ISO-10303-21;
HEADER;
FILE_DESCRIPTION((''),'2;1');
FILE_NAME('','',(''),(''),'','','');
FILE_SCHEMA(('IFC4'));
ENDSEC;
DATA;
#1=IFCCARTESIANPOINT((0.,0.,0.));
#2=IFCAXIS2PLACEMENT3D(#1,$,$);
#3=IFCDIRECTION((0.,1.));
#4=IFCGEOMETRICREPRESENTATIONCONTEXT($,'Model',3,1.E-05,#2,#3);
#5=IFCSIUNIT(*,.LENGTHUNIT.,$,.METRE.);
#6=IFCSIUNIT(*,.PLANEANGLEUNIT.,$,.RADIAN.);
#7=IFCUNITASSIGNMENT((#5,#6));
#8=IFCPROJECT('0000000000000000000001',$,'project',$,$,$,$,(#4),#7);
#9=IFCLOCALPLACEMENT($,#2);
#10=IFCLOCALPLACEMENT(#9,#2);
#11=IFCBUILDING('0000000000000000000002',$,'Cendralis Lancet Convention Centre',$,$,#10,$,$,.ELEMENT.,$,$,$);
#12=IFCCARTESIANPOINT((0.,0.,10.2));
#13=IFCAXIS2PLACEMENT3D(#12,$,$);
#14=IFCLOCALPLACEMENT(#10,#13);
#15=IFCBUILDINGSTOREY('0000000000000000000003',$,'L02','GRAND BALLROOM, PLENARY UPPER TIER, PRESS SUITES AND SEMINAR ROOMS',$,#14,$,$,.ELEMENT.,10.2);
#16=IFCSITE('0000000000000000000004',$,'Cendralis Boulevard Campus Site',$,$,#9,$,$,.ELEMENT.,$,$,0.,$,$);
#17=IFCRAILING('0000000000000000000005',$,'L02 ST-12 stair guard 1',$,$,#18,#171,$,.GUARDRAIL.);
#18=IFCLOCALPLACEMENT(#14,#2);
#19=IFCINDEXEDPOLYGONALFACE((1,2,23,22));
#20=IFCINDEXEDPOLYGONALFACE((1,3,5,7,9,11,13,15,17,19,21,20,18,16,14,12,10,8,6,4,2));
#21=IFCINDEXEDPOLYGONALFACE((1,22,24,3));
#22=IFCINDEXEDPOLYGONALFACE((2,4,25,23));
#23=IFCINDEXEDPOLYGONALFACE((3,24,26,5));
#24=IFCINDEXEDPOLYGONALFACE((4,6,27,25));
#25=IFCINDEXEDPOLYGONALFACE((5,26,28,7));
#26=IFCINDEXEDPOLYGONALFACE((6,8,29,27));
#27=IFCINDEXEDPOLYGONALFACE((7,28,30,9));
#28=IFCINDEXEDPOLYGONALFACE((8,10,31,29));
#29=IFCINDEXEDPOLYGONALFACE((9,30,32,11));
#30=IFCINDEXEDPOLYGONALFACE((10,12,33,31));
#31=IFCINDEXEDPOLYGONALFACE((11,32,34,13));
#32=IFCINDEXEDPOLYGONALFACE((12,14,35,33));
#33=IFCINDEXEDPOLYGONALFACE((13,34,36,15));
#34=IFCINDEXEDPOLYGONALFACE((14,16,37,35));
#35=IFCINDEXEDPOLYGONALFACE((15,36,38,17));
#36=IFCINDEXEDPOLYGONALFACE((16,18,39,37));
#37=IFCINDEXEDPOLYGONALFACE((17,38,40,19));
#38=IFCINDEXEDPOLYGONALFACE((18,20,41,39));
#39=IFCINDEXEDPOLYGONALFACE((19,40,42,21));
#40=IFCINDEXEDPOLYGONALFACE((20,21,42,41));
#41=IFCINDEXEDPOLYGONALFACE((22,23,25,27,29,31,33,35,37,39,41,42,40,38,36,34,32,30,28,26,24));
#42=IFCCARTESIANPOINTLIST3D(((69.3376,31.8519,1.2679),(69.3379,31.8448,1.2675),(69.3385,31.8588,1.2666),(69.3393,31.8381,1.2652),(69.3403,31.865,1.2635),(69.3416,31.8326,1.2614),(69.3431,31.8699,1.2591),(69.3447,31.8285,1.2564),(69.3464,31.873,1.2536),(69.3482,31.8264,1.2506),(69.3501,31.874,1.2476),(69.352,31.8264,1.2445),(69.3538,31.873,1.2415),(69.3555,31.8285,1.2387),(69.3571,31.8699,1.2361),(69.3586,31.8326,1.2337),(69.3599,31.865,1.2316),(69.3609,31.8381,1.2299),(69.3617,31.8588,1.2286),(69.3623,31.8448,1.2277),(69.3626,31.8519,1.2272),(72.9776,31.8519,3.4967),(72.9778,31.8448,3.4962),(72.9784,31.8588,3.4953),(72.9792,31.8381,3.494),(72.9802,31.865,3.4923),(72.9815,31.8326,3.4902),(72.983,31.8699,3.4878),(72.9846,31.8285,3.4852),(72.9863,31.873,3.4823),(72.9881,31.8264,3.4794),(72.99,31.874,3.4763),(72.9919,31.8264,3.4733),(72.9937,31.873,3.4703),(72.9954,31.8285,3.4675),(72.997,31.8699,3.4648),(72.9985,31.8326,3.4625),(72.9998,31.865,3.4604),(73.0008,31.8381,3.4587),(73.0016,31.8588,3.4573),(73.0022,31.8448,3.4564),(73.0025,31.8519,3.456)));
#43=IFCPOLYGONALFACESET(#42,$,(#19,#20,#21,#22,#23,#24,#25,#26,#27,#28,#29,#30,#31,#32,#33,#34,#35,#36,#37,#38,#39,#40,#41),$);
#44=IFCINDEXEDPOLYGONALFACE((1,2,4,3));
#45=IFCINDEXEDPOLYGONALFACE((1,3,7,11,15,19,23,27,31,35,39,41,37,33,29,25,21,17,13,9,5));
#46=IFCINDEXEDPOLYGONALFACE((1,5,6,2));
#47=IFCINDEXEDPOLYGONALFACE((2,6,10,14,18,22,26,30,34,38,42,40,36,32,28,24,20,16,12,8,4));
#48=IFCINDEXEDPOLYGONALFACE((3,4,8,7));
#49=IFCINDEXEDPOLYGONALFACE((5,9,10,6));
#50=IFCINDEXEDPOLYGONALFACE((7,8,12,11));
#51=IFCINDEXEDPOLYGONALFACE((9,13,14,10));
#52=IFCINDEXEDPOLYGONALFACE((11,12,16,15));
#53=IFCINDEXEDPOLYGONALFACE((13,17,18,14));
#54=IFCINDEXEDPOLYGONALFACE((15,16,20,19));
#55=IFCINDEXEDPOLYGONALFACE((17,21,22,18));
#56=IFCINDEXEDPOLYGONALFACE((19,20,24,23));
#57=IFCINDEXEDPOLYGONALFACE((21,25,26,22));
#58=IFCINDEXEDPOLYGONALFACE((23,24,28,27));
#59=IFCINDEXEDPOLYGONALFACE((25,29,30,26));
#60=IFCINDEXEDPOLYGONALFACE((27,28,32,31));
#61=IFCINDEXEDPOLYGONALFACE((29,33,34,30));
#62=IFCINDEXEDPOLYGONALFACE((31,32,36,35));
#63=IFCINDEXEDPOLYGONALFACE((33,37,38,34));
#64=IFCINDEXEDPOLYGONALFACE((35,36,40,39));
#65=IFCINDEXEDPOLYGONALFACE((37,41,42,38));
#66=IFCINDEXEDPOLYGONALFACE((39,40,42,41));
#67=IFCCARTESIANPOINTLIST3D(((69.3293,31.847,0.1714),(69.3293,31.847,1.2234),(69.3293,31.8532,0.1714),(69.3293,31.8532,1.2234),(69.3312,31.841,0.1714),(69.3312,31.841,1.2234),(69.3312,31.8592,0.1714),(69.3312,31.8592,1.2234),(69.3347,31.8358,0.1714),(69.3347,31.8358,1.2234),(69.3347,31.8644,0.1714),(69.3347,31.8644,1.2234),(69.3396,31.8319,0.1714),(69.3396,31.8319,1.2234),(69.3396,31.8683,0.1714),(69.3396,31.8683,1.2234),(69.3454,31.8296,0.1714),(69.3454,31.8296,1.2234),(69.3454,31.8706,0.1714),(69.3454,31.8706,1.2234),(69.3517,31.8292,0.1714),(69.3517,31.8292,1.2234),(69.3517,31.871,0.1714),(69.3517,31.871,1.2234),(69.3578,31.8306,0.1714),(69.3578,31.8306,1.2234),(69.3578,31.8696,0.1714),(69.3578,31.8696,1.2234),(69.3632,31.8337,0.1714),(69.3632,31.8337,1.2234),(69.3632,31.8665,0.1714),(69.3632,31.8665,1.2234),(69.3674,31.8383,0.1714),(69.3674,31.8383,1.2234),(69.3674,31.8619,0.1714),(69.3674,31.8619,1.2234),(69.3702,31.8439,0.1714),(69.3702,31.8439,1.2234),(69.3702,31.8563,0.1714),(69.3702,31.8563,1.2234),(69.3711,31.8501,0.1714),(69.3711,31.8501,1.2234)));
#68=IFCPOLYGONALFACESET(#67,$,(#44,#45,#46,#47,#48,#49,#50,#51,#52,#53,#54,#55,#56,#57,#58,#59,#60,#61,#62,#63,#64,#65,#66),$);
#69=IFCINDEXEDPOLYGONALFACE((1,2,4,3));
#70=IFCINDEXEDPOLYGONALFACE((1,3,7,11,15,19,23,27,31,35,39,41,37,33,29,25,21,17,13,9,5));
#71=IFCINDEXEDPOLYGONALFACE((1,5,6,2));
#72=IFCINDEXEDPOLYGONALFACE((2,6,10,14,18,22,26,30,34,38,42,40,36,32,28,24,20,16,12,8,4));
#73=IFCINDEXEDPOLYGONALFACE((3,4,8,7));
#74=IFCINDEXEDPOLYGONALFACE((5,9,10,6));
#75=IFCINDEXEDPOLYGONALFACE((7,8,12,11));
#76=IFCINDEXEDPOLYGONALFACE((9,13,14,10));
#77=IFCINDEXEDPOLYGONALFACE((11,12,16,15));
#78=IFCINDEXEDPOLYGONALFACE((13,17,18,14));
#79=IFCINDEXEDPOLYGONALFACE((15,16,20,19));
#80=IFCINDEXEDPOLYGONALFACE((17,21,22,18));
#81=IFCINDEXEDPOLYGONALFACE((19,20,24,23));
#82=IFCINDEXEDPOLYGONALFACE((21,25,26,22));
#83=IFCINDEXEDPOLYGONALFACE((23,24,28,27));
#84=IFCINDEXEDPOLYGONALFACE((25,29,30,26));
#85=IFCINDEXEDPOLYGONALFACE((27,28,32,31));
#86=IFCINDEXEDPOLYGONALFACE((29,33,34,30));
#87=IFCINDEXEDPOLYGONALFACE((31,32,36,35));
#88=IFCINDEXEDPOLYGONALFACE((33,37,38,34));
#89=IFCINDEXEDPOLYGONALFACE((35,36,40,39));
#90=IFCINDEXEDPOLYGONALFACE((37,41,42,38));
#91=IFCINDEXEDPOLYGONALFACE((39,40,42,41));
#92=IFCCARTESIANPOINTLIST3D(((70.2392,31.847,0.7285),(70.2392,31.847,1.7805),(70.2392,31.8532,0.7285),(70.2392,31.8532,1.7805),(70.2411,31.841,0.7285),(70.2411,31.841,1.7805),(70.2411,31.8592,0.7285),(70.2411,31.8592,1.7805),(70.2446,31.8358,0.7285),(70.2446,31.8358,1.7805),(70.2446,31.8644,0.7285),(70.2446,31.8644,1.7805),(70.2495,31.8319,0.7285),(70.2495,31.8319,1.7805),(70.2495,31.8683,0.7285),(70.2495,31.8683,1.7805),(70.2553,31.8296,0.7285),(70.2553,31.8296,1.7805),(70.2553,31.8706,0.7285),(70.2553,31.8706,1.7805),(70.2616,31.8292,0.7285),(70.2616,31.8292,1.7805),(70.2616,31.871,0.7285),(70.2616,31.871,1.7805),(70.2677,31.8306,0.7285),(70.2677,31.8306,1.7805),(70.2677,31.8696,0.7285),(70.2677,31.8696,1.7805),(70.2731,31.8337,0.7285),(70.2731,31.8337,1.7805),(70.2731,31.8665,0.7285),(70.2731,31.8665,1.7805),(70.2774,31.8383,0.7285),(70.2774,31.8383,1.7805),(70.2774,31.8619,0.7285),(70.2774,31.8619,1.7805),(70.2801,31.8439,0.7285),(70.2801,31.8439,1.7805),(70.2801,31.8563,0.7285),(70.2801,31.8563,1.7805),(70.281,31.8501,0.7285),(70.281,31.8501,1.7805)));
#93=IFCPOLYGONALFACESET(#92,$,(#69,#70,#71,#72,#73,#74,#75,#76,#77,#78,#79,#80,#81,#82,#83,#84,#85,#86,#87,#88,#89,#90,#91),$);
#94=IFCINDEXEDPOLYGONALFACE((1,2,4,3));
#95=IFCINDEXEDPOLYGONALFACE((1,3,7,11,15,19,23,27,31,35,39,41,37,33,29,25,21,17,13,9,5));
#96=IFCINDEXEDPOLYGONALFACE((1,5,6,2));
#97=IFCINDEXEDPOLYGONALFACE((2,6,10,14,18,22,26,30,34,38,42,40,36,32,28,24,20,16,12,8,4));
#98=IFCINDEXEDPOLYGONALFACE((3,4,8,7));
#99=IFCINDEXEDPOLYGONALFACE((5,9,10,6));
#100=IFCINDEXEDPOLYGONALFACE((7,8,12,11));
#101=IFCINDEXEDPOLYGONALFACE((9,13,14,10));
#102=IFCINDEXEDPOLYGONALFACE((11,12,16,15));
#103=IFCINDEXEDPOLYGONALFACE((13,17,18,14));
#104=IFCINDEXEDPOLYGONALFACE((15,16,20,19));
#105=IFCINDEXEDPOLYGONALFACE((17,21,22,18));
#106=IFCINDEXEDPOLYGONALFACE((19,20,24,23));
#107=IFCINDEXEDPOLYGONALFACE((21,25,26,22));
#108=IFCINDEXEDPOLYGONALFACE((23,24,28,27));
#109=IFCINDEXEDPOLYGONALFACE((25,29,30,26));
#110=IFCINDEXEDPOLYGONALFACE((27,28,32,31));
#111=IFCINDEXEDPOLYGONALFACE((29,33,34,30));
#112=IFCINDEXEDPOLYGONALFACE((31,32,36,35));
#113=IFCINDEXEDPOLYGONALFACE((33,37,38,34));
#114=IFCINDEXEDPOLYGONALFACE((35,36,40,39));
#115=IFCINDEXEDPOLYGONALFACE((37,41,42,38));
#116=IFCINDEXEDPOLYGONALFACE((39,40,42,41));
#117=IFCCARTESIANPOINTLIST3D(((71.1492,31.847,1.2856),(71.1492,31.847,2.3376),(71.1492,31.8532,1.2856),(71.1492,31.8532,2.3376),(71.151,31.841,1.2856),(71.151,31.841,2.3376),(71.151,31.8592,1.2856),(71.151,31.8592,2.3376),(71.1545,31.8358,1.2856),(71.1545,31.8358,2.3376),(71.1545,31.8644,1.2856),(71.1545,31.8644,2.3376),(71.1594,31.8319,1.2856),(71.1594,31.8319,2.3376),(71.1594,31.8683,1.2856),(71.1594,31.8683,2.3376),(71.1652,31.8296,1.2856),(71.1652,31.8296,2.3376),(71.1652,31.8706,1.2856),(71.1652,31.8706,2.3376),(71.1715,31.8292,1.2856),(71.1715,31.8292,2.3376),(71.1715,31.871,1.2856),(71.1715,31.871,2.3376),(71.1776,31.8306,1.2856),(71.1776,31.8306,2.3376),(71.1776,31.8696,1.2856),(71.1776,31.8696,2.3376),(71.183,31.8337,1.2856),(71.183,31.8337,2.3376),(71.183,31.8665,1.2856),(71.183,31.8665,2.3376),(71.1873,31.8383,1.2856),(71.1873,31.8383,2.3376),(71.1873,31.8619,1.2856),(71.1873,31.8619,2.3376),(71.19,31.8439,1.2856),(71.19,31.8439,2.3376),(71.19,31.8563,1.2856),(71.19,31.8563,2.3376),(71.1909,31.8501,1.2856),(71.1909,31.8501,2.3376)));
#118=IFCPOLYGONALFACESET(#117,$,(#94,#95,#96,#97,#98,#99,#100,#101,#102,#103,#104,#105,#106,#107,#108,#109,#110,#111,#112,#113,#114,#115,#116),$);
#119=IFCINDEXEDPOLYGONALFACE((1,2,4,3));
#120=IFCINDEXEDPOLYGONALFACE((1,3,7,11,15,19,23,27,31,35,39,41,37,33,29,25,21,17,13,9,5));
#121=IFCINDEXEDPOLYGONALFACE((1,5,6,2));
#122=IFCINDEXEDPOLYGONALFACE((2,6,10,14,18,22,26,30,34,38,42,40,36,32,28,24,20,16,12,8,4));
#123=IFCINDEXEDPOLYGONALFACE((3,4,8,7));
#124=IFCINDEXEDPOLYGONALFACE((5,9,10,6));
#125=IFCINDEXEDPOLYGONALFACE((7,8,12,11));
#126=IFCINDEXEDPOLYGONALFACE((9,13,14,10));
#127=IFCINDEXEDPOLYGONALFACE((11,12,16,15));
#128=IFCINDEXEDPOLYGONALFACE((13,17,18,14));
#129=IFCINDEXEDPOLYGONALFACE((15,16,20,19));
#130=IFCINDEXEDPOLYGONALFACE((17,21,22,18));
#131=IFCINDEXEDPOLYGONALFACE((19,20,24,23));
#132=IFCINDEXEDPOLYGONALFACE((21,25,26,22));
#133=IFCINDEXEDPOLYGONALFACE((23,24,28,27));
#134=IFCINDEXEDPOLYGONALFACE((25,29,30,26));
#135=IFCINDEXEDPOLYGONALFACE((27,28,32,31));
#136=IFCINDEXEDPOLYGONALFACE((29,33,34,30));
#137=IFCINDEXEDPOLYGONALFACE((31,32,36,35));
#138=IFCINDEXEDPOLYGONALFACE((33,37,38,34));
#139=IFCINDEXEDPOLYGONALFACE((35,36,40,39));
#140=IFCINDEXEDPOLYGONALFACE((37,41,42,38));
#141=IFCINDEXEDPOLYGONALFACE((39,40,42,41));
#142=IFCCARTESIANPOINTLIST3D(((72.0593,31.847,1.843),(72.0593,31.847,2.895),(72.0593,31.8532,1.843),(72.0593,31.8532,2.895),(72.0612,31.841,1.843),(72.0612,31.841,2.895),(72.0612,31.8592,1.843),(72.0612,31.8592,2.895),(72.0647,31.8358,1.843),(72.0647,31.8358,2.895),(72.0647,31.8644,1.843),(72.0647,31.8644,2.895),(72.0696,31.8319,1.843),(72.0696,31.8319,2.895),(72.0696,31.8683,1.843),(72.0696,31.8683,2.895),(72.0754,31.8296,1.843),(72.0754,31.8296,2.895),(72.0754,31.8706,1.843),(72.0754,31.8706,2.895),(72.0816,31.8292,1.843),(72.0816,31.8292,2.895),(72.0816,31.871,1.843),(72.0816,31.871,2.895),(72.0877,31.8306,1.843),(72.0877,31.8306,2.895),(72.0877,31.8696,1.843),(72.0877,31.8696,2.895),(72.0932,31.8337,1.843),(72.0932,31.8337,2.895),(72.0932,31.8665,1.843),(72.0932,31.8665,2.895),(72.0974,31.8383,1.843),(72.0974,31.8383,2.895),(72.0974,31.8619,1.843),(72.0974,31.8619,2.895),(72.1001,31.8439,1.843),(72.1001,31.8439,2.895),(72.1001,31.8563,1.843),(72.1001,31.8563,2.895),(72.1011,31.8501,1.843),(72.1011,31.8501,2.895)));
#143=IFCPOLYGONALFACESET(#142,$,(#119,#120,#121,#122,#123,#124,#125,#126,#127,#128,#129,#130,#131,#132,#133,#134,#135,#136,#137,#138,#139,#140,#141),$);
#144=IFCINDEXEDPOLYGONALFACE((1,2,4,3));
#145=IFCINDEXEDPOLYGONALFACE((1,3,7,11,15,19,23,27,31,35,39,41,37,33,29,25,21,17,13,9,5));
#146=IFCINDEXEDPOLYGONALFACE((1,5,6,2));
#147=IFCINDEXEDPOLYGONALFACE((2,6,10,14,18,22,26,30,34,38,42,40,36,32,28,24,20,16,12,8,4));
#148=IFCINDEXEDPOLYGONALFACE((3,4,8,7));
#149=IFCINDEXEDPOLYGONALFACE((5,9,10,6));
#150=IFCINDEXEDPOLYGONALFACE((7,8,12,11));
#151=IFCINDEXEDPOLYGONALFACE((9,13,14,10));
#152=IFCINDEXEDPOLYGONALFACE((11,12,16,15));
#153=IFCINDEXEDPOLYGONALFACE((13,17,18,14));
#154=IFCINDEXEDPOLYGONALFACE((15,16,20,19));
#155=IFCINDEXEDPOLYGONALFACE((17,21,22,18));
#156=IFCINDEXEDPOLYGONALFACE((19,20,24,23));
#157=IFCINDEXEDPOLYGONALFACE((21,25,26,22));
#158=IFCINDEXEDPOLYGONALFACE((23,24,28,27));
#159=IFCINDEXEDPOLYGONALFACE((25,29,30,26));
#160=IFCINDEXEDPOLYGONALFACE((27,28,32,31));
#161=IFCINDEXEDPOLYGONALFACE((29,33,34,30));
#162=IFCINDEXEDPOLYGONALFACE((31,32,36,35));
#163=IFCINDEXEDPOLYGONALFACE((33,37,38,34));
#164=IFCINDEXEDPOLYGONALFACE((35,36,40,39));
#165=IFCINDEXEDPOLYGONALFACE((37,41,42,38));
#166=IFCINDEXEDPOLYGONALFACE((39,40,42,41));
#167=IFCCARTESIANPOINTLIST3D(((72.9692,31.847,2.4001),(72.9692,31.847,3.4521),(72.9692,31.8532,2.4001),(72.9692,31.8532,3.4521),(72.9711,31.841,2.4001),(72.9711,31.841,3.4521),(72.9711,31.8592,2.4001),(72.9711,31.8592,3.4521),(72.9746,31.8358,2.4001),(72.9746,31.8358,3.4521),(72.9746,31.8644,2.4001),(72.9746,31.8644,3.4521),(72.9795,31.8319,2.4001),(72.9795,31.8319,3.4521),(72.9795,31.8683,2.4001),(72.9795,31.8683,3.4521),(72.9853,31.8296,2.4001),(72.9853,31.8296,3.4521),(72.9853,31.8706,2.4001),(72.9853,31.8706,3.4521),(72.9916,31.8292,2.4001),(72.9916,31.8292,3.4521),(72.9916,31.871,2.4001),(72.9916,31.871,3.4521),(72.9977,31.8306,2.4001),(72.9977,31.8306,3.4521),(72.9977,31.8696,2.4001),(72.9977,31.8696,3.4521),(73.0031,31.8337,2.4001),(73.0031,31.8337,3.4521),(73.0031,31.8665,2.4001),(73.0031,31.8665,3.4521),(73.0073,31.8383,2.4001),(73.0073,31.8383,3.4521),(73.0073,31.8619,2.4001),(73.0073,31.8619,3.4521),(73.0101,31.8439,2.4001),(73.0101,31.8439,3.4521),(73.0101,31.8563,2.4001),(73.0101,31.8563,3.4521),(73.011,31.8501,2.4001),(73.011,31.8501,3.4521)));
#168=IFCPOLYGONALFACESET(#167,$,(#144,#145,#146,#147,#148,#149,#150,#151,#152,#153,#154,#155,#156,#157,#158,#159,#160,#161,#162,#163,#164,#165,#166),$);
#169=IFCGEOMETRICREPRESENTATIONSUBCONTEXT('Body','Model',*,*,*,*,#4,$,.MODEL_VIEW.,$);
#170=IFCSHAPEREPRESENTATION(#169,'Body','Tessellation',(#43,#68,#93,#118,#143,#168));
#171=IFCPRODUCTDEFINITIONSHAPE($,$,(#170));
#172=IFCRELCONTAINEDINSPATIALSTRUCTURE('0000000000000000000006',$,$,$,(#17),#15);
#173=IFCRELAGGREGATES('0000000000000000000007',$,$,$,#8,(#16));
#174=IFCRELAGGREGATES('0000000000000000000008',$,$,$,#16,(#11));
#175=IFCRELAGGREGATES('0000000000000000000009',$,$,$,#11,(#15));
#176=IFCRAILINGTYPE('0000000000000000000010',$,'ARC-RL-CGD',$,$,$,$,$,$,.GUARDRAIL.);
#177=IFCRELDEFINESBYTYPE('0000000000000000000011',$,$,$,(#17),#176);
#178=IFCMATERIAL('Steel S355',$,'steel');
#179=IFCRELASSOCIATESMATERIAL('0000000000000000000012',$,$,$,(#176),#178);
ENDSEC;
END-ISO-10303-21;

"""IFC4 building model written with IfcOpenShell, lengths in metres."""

from ifc_helpers import new_model, si_unit, direction, frame, origin, origin_2d, place, context, subcontext, project, spatial, circle, extrude, material, type_object, element, save


model = new_model("IFC4")

# Units and contexts
model_context = context("Model", 3, precision=1e-05, world=origin(), true_north=direction((0.0, 1.0)))
body_context = subcontext(model_context, "Body", "Model", "MODEL_VIEW")
ifc_project = project(units=[si_unit("LENGTHUNIT", "METRE"), si_unit("PLANEANGLEUNIT", "RADIAN")], contexts=[model_context])

# Site, building, storey
site_placement = place(None, origin())
site = spatial("IfcSite", under=ifc_project, at=site_placement, Name="Cendralis Boulevard Campus Site", CompositionType="ELEMENT", RefElevation=0.0)
building_placement = place(site_placement, origin())
building = spatial("IfcBuilding", under=site, at=building_placement, Name="Cendralis Lancet Convention Centre", CompositionType="ELEMENT")
storey_placement = place(building_placement, frame((0.0, 0.0, 10.2)))
storey = spatial("IfcBuildingStorey", under=building, at=storey_placement, Name="L02", Description="GRAND BALLROOM, PLENARY UPPER TIER, PRESS SUITES AND SEMINAR ROOMS", CompositionType="ELEMENT", Elevation=10.2)

# Shared definitions
ifc_material_1 = material(Name="Steel S355", Category="steel")

# Railing
railing_type_1 = type_object("IfcRailingType", Name="ARC-RL-CGD", PredefinedType="GUARDRAIL", material=ifc_material_1)
railing_1_placement = place(storey_placement, frame((69.3501, 31.8501, 0.1714)))
element("IfcRailing", 1, at=railing_1_placement, inside=storey, type_object=railing_type_1, Name="L02 ST-12 stair guard 1", PredefinedType="GUARDRAIL", context=body_context, shape_type="SweptSolid", body=[
    extrude(circle(Radius=0.0239, at=origin_2d()), frame((0.0, 0.0, 1.0762), z_axis=(0.852825, 0.0, 0.522197), x_axis=(0.0, 1.0, 0.0)), (0.0, 0.0, 1.0), 4.2681),
    extrude(circle(Radius=0.021, at=origin_2d()), origin(), (0.0, 0.0, 1.0), 1.052),
    extrude(circle(Radius=0.021, at=origin_2d()), frame((0.9099, 0.0, 0.5571)), (0.0, 0.0, 1.0), 1.052),
    extrude(circle(Radius=0.021, at=origin_2d()), frame((1.8198, 0.0, 1.1143)), (0.0, 0.0, 1.0), 1.052),
    extrude(circle(Radius=0.021, at=origin_2d()), frame((2.73, 0.0, 1.6716)), (0.0, 0.0, 1.0), 1.052),
    extrude(circle(Radius=0.021, at=origin_2d()), frame((3.6399, 0.0, 2.2288)), (0.0, 0.0, 1.0), 1.052),
])

save(model, "model.ifc")
